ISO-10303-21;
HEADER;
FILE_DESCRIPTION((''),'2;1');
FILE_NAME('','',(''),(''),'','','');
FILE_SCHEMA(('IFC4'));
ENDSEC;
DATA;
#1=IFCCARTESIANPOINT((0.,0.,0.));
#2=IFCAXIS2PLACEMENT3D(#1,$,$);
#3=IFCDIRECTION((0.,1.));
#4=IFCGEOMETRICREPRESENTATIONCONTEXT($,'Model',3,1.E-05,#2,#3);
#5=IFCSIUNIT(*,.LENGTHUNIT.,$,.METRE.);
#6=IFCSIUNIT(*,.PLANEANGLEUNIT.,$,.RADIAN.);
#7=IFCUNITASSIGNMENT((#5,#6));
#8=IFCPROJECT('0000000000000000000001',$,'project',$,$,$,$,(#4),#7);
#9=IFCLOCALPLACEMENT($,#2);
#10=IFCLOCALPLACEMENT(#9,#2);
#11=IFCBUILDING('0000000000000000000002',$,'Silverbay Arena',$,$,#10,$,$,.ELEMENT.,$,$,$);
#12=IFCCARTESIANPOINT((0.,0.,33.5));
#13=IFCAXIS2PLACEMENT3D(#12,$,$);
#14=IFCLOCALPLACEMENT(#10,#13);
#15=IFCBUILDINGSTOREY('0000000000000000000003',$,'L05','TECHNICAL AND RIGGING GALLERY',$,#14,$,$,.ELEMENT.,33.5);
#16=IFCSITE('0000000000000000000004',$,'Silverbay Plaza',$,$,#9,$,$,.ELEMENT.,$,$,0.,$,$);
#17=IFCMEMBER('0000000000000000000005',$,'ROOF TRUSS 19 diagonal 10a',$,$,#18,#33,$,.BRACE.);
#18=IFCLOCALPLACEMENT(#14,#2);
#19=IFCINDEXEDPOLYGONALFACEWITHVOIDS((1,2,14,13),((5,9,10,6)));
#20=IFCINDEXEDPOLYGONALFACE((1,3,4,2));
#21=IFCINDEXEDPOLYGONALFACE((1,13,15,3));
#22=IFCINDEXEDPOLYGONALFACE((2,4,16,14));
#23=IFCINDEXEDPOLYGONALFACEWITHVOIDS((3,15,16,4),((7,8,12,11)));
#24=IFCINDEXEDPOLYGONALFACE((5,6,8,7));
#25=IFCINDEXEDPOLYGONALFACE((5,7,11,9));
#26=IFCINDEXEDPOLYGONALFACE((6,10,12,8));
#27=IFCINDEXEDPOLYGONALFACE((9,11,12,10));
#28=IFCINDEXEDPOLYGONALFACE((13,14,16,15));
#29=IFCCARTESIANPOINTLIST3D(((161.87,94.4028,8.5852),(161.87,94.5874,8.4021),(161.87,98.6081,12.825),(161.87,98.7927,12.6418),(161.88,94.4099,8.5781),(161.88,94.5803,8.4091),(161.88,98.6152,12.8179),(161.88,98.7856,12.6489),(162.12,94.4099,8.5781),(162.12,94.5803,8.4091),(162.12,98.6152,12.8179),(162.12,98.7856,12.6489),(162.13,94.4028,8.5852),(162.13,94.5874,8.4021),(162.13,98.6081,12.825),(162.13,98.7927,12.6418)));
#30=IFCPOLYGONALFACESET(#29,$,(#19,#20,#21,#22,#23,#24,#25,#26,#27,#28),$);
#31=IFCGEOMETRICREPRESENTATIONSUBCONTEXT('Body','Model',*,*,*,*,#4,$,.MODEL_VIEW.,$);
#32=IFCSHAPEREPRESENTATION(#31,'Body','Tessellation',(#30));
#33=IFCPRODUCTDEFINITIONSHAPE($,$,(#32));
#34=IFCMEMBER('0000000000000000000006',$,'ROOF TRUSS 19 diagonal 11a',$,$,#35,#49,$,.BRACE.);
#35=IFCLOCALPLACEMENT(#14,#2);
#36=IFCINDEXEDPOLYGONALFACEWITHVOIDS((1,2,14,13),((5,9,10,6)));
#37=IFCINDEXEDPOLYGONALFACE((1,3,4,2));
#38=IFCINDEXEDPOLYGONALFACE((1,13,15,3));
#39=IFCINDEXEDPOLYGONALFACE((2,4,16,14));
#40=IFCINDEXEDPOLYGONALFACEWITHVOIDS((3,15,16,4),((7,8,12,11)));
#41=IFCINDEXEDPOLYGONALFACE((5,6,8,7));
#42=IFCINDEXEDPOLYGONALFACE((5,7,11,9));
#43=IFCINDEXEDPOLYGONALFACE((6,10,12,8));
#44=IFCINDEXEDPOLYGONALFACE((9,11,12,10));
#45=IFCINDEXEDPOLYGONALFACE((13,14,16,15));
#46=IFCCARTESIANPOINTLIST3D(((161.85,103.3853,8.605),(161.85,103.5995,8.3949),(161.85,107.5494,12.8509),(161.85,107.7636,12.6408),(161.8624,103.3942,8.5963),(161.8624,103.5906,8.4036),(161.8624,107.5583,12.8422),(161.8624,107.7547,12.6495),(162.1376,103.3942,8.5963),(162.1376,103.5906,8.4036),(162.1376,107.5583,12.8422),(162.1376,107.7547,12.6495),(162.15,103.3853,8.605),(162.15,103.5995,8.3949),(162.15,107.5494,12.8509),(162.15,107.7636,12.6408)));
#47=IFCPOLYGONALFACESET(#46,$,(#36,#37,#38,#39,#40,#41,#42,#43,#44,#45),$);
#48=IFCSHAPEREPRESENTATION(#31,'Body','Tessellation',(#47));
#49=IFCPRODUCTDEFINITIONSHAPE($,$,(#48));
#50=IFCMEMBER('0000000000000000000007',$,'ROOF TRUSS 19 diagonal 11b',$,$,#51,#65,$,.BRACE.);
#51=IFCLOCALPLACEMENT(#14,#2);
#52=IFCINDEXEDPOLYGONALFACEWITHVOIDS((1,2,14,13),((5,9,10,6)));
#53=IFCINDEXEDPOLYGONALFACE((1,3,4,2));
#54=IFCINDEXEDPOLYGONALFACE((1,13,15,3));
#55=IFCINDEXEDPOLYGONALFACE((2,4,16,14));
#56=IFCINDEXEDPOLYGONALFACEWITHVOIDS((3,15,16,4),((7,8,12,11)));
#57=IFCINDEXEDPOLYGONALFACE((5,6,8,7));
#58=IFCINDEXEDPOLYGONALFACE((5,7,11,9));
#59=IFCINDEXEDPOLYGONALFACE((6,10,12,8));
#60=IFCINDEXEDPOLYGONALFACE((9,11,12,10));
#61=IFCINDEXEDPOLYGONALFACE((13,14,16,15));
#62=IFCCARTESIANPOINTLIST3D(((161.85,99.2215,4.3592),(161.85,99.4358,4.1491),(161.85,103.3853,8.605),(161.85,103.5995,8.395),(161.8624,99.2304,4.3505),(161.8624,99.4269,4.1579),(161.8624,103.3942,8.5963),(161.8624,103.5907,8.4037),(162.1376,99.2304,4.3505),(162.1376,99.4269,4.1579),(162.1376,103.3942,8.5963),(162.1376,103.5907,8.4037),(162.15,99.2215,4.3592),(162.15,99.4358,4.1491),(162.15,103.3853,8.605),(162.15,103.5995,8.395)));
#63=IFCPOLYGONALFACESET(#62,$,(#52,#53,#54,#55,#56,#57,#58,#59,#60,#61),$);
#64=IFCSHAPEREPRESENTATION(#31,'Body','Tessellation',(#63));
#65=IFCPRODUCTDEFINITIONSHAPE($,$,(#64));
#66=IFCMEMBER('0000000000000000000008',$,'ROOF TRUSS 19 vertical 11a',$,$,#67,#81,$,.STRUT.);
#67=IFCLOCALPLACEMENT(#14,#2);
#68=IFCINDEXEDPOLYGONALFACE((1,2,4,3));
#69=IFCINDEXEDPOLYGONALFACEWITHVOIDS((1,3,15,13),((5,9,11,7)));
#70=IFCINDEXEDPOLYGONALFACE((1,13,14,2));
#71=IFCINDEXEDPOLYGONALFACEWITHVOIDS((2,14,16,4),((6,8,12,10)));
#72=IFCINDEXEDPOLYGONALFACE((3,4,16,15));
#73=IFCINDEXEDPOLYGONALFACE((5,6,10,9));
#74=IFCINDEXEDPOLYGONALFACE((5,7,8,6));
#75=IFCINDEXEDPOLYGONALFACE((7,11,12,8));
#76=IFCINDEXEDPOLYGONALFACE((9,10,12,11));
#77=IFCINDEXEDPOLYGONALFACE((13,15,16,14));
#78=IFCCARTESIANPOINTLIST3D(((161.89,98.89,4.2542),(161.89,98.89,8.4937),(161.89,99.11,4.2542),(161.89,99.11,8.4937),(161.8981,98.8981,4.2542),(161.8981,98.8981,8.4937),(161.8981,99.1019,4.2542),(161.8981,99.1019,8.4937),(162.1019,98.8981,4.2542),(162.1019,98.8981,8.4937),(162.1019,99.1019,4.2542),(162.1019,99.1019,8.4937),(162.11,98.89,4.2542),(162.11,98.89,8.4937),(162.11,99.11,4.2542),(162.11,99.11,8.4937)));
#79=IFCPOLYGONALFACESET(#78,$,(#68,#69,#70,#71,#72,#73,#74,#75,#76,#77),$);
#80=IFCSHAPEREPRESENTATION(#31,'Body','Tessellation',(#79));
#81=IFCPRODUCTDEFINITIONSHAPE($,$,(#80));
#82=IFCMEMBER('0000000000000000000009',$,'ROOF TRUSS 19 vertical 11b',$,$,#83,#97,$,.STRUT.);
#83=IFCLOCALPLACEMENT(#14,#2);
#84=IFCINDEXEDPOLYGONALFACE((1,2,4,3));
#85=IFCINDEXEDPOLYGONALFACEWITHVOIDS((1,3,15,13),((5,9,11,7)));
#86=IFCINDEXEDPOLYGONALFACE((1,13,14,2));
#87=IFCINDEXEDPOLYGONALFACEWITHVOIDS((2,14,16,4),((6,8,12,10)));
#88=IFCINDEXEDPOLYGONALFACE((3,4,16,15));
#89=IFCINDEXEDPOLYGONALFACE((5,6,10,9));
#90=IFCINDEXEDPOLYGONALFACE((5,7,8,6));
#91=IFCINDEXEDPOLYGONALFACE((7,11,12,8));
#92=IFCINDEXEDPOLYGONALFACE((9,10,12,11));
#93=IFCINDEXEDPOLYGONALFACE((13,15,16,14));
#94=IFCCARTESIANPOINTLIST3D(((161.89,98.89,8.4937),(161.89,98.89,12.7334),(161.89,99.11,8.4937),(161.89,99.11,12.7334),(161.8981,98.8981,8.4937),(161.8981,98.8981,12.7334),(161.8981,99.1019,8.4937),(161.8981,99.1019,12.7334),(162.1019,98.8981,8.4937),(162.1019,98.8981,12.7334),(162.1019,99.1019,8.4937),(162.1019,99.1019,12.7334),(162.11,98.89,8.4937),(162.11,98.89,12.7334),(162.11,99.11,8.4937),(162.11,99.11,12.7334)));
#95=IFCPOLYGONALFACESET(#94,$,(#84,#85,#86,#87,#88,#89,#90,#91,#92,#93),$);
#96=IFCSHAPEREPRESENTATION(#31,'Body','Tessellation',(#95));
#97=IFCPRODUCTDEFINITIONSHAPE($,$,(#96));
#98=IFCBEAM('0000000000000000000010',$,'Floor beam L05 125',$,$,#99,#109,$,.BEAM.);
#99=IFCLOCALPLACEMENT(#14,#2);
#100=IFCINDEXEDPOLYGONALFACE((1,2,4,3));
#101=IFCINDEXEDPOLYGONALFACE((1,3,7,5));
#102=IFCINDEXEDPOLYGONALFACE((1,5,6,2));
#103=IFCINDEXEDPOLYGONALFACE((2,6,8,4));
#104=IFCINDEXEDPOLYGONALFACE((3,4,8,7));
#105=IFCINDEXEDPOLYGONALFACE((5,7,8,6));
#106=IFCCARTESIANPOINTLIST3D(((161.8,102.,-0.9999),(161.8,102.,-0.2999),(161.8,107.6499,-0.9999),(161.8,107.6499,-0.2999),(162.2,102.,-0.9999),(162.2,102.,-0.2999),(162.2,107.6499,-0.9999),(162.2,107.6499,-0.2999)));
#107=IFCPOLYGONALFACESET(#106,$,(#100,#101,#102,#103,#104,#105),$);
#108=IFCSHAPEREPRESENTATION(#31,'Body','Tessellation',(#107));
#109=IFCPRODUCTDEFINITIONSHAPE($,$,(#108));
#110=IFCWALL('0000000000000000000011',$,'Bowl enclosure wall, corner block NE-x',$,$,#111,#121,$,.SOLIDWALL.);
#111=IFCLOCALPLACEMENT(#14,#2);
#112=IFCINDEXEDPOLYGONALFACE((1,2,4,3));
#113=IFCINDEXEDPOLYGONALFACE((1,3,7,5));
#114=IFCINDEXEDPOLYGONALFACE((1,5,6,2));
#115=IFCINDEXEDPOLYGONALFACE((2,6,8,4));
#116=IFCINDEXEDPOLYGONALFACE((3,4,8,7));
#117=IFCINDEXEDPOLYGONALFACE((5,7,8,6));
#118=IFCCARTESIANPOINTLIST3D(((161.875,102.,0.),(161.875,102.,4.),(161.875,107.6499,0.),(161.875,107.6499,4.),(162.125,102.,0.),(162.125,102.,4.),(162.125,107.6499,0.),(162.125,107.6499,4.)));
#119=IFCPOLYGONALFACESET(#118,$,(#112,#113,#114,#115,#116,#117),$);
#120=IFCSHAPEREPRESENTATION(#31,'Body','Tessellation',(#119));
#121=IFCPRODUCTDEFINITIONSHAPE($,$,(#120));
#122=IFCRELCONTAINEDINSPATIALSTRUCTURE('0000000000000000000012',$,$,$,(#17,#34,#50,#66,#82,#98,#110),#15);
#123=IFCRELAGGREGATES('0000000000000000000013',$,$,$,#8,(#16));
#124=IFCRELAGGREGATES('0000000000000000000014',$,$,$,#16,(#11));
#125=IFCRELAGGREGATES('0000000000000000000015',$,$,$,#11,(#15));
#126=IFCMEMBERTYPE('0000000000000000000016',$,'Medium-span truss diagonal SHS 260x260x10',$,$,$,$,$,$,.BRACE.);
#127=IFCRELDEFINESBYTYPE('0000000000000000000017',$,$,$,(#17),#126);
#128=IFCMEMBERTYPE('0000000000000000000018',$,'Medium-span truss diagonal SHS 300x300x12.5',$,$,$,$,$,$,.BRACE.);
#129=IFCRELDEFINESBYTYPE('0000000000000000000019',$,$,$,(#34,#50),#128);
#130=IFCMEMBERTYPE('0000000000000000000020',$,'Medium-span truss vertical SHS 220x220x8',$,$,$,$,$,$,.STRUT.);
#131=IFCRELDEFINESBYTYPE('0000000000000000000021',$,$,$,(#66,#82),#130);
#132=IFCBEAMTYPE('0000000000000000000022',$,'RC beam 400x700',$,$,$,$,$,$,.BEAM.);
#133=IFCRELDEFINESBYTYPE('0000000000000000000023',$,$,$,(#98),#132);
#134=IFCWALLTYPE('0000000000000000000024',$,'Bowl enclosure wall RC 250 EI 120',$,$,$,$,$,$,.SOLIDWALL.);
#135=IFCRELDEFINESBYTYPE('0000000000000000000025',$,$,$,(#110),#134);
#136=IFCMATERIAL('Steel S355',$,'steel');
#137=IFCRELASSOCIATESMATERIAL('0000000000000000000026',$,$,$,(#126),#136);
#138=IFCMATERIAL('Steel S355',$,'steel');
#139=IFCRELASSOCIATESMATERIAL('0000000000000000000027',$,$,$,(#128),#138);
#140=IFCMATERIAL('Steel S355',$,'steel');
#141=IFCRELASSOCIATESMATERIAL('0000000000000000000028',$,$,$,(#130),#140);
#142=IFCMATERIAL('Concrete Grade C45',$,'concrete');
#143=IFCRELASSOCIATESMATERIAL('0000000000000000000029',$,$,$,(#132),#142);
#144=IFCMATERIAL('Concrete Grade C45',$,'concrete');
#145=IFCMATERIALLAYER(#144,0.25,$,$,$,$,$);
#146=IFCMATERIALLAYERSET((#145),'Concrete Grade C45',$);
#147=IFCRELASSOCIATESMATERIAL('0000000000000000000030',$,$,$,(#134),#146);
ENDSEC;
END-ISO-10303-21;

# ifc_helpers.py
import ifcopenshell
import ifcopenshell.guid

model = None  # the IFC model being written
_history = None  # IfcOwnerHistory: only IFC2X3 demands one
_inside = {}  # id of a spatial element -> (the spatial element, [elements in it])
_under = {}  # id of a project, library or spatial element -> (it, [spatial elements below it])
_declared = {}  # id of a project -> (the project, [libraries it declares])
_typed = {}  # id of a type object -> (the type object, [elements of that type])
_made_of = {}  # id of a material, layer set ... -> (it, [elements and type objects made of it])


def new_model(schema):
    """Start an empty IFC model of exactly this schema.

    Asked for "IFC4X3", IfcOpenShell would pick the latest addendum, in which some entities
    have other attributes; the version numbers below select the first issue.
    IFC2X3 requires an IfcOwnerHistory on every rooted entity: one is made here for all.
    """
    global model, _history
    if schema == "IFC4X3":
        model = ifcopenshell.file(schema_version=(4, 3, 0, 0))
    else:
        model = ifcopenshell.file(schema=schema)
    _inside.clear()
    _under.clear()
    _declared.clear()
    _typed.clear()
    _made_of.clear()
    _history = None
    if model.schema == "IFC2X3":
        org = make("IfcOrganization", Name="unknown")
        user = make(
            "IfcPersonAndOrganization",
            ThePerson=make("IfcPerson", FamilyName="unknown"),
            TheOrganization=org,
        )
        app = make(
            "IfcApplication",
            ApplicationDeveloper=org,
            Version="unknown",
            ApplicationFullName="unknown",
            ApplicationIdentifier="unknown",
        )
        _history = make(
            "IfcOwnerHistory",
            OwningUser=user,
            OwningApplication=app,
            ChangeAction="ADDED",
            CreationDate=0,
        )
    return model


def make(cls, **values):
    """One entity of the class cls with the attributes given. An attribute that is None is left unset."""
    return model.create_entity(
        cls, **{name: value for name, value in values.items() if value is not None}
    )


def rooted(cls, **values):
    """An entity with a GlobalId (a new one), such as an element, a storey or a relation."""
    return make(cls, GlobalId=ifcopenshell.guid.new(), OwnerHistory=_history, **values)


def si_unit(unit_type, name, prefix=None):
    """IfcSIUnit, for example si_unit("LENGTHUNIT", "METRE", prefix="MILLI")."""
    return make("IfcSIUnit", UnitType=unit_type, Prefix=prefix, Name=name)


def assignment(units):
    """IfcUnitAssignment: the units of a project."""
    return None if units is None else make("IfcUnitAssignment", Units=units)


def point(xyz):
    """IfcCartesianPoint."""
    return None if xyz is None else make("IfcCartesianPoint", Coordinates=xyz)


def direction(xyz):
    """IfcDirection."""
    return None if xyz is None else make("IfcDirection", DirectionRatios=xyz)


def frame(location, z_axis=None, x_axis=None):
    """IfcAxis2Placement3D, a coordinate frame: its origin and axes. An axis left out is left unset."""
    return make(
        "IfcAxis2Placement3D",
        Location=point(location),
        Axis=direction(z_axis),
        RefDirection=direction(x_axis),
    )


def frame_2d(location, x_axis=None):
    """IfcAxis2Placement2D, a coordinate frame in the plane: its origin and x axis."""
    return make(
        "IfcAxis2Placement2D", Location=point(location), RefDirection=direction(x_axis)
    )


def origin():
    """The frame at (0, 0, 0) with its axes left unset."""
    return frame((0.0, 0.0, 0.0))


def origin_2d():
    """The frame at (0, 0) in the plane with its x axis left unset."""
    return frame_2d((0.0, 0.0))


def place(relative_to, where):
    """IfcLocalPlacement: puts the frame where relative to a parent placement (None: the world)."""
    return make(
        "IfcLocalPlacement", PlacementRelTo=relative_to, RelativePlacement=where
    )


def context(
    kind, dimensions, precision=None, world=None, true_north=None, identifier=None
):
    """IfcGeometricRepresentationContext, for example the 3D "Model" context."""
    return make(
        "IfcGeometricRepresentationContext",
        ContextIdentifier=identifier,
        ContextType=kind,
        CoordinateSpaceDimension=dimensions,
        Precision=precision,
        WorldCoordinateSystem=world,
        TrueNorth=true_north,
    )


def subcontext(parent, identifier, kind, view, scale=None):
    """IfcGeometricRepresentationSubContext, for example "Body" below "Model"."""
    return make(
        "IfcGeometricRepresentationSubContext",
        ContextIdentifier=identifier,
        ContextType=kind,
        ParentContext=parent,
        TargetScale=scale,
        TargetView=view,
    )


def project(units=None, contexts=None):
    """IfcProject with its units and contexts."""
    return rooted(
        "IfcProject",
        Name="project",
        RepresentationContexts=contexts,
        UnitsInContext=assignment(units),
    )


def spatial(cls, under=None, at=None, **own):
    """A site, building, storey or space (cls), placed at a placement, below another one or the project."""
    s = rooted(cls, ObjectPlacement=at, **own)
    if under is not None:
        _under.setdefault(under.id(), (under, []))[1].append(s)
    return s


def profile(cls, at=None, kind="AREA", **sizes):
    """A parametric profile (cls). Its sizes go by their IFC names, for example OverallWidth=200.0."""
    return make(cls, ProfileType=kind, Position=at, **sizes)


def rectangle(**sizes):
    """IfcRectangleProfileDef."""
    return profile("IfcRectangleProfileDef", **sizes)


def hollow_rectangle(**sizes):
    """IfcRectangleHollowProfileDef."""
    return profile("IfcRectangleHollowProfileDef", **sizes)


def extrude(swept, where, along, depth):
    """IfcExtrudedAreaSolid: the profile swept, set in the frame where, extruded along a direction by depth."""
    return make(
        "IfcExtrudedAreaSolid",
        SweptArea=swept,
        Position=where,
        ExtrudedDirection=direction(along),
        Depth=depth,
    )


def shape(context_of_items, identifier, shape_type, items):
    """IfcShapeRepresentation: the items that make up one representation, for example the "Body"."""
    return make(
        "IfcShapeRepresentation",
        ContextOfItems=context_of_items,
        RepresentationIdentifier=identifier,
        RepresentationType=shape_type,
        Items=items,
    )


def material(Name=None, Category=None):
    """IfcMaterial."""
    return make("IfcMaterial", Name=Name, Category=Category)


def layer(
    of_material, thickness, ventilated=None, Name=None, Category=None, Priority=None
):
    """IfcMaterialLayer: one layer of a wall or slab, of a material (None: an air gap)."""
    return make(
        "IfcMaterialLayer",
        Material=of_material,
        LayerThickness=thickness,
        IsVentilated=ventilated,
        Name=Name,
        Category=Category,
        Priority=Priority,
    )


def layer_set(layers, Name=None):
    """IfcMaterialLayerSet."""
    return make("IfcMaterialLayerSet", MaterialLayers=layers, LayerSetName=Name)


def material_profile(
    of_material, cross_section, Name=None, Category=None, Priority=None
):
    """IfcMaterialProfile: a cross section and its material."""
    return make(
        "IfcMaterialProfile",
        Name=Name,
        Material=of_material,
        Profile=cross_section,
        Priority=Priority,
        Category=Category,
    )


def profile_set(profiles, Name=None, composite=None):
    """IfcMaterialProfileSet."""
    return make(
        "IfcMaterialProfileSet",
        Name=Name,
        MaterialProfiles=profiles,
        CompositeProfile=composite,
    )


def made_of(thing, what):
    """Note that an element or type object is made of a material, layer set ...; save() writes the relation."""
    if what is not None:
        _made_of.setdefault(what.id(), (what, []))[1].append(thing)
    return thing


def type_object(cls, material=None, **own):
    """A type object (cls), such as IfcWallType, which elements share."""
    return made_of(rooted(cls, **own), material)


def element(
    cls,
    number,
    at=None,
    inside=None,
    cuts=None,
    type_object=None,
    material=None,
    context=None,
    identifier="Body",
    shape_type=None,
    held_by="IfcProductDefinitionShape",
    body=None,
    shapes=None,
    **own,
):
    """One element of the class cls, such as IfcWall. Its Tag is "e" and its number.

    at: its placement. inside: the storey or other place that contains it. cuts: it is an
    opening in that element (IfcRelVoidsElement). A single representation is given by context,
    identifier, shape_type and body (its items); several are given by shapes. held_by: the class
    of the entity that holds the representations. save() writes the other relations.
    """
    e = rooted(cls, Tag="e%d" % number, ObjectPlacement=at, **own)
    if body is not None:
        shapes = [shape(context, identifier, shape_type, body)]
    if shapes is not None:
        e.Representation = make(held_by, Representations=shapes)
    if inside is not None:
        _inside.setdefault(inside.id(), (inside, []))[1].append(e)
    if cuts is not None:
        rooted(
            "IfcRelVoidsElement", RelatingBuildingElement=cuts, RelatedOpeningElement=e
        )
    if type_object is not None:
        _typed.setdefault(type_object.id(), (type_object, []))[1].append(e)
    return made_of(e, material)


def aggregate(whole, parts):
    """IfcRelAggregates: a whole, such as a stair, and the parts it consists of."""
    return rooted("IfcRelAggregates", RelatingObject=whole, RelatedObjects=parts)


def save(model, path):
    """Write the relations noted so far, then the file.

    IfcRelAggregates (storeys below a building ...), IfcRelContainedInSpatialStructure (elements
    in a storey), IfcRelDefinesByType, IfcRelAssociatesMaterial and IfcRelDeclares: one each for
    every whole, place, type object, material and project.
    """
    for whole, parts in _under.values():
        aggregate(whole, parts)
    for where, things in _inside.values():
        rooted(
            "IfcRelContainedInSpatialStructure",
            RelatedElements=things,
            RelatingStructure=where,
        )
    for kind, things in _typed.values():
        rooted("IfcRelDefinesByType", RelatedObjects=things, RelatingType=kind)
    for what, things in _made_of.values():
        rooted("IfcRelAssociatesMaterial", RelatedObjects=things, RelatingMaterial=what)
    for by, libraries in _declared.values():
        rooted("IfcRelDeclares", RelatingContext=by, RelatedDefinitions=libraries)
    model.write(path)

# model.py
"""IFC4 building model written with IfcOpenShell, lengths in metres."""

from ifc_helpers import new_model, si_unit, direction, frame, frame_2d, origin, origin_2d, place, context, subcontext, project, spatial, rectangle, hollow_rectangle, extrude, material, layer, layer_set, material_profile, profile_set, type_object, element, save


model = new_model("IFC4")

# Units and contexts
model_context = context("Model", 3, precision=1e-05, world=origin(), true_north=direction((0.0, 1.0)))
body_context = subcontext(model_context, "Body", "Model", "MODEL_VIEW")
ifc_project = project(units=[si_unit("LENGTHUNIT", "METRE"), si_unit("PLANEANGLEUNIT", "RADIAN")], contexts=[model_context])

# Site, building, storey
site_placement = place(None, origin())
site = spatial("IfcSite", under=ifc_project, at=site_placement, Name="Silverbay Plaza", CompositionType="ELEMENT", RefElevation=0.0)
building_placement = place(site_placement, origin())
building = spatial("IfcBuilding", under=site, at=building_placement, Name="Silverbay Arena", CompositionType="ELEMENT")
storey_placement = place(building_placement, frame((0.0, 0.0, 33.5)))
storey = spatial("IfcBuildingStorey", under=building, at=storey_placement, Name="L05", Description="TECHNICAL AND RIGGING GALLERY", CompositionType="ELEMENT", Elevation=33.5)

# Members
ifc_material_1 = material(Name="Steel S355", Category="steel")
ifc_material_profile_1 = material_profile(ifc_material_1, hollow_rectangle(XDim=0.26, YDim=0.26, WallThickness=0.01, at=origin_2d()), Name="SHS 260x260x10")
ifc_profile_set_1 = profile_set([ifc_material_profile_1], Name="Steel S355")
member_type_1 = type_object("IfcMemberType", Name="Medium-span truss diagonal SHS 260x260x10", PredefinedType="BRACE", material=ifc_profile_set_1)
member_1_placement = place(storey_placement, frame((162.0, 98.7004, 12.7334), z_axis=(0.0, -0.704219, -0.709983), x_axis=(1.0, 0.0, 0.0)))
element("IfcMember", 1, at=member_1_placement, inside=storey, type_object=member_type_1, Name="ROOF TRUSS 19 diagonal 10a", PredefinedType="BRACE", context=body_context, shape_type="SweptSolid", body=[
    extrude(hollow_rectangle(XDim=0.26, YDim=0.26, WallThickness=0.01, at=origin_2d()), origin(), (0.0, 0.0, 1.0), 5.9717),
])
ifc_material_2 = material(Name="Steel S355", Category="steel")
ifc_material_profile_2 = material_profile(ifc_material_2, hollow_rectangle(XDim=0.3, YDim=0.3, WallThickness=0.0125, at=origin_2d()), Name="SHS 300x300x12.5")
ifc_profile_set_2 = profile_set([ifc_material_profile_2], Name="Steel S355")
member_type_2 = type_object("IfcMemberType", Name="Medium-span truss diagonal SHS 300x300x12.5", PredefinedType="BRACE", material=ifc_profile_set_2)
member_2_placement = place(storey_placement, frame((162.0, 107.6565, 12.7458), z_axis=(0.0, -0.700197, -0.71395), x_axis=(1.0, 0.0, 0.0)))
element("IfcMember", 2, at=member_2_placement, inside=storey, type_object=member_type_2, Name="ROOF TRUSS 19 diagonal 11a", PredefinedType="BRACE", context=body_context, shape_type="SweptSolid", body=[
    extrude(hollow_rectangle(XDim=0.3, YDim=0.3, WallThickness=0.0125, at=origin_2d()), origin(), (0.0, 0.0, 1.0), 5.947),
])
member_3_placement = place(storey_placement, frame((162.0, 103.4924, 8.5), z_axis=(0.0, -0.700176, -0.71397), x_axis=(1.0, 0.0, 0.0)))
element("IfcMember", 3, at=member_3_placement, inside=storey, type_object=member_type_2, Name="ROOF TRUSS 19 diagonal 11b", PredefinedType="BRACE", context=body_context, shape_type="SweptSolid", body=[
    extrude(hollow_rectangle(XDim=0.3, YDim=0.3, WallThickness=0.0125, at=origin_2d()), origin(), (0.0, 0.0, 1.0), 5.9468),
])
ifc_material_3 = material(Name="Steel S355", Category="steel")
ifc_material_profile_3 = material_profile(ifc_material_3, hollow_rectangle(XDim=0.22, YDim=0.22, WallThickness=0.0081, at=origin_2d()), Name="SHS 220x220x8")
ifc_profile_set_3 = profile_set([ifc_material_profile_3], Name="Steel S355")
member_type_3 = type_object("IfcMemberType", Name="Medium-span truss vertical SHS 220x220x8", PredefinedType="STRUT", material=ifc_profile_set_3)
member_4_placement = place(storey_placement, frame((162.0, 99.0, 4.2542), z_axis=(0.0, 0.0, 1.0), x_axis=(1.0, 0.0, 0.0)))
element("IfcMember", 4, at=member_4_placement, inside=storey, type_object=member_type_3, Name="ROOF TRUSS 19 vertical 11a", PredefinedType="STRUT", context=body_context, shape_type="SweptSolid", body=[
    extrude(hollow_rectangle(XDim=0.22, YDim=0.22, WallThickness=0.0081, at=origin_2d()), origin(), (0.0, 0.0, 1.0), 4.2395),
])
member_5_placement = place(storey_placement, frame((162.0, 99.0, 8.4937), z_axis=(0.0, 0.0, 1.0), x_axis=(1.0, 0.0, 0.0)))
element("IfcMember", 5, at=member_5_placement, inside=storey, type_object=member_type_3, Name="ROOF TRUSS 19 vertical 11b", PredefinedType="STRUT", context=body_context, shape_type="SweptSolid", body=[
    extrude(hollow_rectangle(XDim=0.22, YDim=0.22, WallThickness=0.0081, at=origin_2d()), origin(), (0.0, 0.0, 1.0), 4.2397),
])

# Beam
ifc_material_4 = material(Name="Concrete Grade C45", Category="concrete")
ifc_material_profile_4 = material_profile(ifc_material_4, rectangle(XDim=0.3999, YDim=0.7, at=origin_2d()), Name="RC 400x700")
ifc_profile_set_4 = profile_set([ifc_material_profile_4], Name="Concrete Grade C45")
beam_type = type_object("IfcBeamType", Name="RC beam 400x700", PredefinedType="BEAM", material=ifc_profile_set_4)
beam_placement = place(storey_placement, frame((162.0, 102.0, -0.6499), z_axis=(0.0, 1.0, 0.0), x_axis=(-1.0, 0.0, 0.0)))
element("IfcBeam", 6, at=beam_placement, inside=storey, type_object=beam_type, Name="Floor beam L05 125", PredefinedType="BEAM", context=body_context, shape_type="SweptSolid", body=[
    extrude(rectangle(XDim=0.3999, YDim=0.7, at=origin_2d()), origin(), (0.0, 0.0, 1.0), 5.6499),
])

# Wall
ifc_material_5 = material(Name="Concrete Grade C45", Category="concrete")
ifc_layer_1 = layer(ifc_material_5, 0.25)
ifc_layer_set_1 = layer_set([ifc_layer_1], Name="Concrete Grade C45")
wall_type_1 = type_object("IfcWallType", Name="Bowl enclosure wall RC 250 EI 120", PredefinedType="SOLIDWALL", material=ifc_layer_set_1)
wall_1_placement = place(storey_placement, frame((162.0, 102.0, 0.0), z_axis=(0.0, 0.0, 1.0), x_axis=(0.0, 1.0, 0.0)))
element("IfcWall", 7, at=wall_1_placement, inside=storey, type_object=wall_type_1, Name="Bowl enclosure wall, corner block NE-x", PredefinedType="SOLIDWALL", context=body_context, shape_type="SweptSolid", body=[
    extrude(rectangle(XDim=5.6499, YDim=0.25, at=frame_2d((2.825, 0.0))), origin(), (0.0, 0.0, 1.0), 4.0),
])

save(model, "model.ifc")
